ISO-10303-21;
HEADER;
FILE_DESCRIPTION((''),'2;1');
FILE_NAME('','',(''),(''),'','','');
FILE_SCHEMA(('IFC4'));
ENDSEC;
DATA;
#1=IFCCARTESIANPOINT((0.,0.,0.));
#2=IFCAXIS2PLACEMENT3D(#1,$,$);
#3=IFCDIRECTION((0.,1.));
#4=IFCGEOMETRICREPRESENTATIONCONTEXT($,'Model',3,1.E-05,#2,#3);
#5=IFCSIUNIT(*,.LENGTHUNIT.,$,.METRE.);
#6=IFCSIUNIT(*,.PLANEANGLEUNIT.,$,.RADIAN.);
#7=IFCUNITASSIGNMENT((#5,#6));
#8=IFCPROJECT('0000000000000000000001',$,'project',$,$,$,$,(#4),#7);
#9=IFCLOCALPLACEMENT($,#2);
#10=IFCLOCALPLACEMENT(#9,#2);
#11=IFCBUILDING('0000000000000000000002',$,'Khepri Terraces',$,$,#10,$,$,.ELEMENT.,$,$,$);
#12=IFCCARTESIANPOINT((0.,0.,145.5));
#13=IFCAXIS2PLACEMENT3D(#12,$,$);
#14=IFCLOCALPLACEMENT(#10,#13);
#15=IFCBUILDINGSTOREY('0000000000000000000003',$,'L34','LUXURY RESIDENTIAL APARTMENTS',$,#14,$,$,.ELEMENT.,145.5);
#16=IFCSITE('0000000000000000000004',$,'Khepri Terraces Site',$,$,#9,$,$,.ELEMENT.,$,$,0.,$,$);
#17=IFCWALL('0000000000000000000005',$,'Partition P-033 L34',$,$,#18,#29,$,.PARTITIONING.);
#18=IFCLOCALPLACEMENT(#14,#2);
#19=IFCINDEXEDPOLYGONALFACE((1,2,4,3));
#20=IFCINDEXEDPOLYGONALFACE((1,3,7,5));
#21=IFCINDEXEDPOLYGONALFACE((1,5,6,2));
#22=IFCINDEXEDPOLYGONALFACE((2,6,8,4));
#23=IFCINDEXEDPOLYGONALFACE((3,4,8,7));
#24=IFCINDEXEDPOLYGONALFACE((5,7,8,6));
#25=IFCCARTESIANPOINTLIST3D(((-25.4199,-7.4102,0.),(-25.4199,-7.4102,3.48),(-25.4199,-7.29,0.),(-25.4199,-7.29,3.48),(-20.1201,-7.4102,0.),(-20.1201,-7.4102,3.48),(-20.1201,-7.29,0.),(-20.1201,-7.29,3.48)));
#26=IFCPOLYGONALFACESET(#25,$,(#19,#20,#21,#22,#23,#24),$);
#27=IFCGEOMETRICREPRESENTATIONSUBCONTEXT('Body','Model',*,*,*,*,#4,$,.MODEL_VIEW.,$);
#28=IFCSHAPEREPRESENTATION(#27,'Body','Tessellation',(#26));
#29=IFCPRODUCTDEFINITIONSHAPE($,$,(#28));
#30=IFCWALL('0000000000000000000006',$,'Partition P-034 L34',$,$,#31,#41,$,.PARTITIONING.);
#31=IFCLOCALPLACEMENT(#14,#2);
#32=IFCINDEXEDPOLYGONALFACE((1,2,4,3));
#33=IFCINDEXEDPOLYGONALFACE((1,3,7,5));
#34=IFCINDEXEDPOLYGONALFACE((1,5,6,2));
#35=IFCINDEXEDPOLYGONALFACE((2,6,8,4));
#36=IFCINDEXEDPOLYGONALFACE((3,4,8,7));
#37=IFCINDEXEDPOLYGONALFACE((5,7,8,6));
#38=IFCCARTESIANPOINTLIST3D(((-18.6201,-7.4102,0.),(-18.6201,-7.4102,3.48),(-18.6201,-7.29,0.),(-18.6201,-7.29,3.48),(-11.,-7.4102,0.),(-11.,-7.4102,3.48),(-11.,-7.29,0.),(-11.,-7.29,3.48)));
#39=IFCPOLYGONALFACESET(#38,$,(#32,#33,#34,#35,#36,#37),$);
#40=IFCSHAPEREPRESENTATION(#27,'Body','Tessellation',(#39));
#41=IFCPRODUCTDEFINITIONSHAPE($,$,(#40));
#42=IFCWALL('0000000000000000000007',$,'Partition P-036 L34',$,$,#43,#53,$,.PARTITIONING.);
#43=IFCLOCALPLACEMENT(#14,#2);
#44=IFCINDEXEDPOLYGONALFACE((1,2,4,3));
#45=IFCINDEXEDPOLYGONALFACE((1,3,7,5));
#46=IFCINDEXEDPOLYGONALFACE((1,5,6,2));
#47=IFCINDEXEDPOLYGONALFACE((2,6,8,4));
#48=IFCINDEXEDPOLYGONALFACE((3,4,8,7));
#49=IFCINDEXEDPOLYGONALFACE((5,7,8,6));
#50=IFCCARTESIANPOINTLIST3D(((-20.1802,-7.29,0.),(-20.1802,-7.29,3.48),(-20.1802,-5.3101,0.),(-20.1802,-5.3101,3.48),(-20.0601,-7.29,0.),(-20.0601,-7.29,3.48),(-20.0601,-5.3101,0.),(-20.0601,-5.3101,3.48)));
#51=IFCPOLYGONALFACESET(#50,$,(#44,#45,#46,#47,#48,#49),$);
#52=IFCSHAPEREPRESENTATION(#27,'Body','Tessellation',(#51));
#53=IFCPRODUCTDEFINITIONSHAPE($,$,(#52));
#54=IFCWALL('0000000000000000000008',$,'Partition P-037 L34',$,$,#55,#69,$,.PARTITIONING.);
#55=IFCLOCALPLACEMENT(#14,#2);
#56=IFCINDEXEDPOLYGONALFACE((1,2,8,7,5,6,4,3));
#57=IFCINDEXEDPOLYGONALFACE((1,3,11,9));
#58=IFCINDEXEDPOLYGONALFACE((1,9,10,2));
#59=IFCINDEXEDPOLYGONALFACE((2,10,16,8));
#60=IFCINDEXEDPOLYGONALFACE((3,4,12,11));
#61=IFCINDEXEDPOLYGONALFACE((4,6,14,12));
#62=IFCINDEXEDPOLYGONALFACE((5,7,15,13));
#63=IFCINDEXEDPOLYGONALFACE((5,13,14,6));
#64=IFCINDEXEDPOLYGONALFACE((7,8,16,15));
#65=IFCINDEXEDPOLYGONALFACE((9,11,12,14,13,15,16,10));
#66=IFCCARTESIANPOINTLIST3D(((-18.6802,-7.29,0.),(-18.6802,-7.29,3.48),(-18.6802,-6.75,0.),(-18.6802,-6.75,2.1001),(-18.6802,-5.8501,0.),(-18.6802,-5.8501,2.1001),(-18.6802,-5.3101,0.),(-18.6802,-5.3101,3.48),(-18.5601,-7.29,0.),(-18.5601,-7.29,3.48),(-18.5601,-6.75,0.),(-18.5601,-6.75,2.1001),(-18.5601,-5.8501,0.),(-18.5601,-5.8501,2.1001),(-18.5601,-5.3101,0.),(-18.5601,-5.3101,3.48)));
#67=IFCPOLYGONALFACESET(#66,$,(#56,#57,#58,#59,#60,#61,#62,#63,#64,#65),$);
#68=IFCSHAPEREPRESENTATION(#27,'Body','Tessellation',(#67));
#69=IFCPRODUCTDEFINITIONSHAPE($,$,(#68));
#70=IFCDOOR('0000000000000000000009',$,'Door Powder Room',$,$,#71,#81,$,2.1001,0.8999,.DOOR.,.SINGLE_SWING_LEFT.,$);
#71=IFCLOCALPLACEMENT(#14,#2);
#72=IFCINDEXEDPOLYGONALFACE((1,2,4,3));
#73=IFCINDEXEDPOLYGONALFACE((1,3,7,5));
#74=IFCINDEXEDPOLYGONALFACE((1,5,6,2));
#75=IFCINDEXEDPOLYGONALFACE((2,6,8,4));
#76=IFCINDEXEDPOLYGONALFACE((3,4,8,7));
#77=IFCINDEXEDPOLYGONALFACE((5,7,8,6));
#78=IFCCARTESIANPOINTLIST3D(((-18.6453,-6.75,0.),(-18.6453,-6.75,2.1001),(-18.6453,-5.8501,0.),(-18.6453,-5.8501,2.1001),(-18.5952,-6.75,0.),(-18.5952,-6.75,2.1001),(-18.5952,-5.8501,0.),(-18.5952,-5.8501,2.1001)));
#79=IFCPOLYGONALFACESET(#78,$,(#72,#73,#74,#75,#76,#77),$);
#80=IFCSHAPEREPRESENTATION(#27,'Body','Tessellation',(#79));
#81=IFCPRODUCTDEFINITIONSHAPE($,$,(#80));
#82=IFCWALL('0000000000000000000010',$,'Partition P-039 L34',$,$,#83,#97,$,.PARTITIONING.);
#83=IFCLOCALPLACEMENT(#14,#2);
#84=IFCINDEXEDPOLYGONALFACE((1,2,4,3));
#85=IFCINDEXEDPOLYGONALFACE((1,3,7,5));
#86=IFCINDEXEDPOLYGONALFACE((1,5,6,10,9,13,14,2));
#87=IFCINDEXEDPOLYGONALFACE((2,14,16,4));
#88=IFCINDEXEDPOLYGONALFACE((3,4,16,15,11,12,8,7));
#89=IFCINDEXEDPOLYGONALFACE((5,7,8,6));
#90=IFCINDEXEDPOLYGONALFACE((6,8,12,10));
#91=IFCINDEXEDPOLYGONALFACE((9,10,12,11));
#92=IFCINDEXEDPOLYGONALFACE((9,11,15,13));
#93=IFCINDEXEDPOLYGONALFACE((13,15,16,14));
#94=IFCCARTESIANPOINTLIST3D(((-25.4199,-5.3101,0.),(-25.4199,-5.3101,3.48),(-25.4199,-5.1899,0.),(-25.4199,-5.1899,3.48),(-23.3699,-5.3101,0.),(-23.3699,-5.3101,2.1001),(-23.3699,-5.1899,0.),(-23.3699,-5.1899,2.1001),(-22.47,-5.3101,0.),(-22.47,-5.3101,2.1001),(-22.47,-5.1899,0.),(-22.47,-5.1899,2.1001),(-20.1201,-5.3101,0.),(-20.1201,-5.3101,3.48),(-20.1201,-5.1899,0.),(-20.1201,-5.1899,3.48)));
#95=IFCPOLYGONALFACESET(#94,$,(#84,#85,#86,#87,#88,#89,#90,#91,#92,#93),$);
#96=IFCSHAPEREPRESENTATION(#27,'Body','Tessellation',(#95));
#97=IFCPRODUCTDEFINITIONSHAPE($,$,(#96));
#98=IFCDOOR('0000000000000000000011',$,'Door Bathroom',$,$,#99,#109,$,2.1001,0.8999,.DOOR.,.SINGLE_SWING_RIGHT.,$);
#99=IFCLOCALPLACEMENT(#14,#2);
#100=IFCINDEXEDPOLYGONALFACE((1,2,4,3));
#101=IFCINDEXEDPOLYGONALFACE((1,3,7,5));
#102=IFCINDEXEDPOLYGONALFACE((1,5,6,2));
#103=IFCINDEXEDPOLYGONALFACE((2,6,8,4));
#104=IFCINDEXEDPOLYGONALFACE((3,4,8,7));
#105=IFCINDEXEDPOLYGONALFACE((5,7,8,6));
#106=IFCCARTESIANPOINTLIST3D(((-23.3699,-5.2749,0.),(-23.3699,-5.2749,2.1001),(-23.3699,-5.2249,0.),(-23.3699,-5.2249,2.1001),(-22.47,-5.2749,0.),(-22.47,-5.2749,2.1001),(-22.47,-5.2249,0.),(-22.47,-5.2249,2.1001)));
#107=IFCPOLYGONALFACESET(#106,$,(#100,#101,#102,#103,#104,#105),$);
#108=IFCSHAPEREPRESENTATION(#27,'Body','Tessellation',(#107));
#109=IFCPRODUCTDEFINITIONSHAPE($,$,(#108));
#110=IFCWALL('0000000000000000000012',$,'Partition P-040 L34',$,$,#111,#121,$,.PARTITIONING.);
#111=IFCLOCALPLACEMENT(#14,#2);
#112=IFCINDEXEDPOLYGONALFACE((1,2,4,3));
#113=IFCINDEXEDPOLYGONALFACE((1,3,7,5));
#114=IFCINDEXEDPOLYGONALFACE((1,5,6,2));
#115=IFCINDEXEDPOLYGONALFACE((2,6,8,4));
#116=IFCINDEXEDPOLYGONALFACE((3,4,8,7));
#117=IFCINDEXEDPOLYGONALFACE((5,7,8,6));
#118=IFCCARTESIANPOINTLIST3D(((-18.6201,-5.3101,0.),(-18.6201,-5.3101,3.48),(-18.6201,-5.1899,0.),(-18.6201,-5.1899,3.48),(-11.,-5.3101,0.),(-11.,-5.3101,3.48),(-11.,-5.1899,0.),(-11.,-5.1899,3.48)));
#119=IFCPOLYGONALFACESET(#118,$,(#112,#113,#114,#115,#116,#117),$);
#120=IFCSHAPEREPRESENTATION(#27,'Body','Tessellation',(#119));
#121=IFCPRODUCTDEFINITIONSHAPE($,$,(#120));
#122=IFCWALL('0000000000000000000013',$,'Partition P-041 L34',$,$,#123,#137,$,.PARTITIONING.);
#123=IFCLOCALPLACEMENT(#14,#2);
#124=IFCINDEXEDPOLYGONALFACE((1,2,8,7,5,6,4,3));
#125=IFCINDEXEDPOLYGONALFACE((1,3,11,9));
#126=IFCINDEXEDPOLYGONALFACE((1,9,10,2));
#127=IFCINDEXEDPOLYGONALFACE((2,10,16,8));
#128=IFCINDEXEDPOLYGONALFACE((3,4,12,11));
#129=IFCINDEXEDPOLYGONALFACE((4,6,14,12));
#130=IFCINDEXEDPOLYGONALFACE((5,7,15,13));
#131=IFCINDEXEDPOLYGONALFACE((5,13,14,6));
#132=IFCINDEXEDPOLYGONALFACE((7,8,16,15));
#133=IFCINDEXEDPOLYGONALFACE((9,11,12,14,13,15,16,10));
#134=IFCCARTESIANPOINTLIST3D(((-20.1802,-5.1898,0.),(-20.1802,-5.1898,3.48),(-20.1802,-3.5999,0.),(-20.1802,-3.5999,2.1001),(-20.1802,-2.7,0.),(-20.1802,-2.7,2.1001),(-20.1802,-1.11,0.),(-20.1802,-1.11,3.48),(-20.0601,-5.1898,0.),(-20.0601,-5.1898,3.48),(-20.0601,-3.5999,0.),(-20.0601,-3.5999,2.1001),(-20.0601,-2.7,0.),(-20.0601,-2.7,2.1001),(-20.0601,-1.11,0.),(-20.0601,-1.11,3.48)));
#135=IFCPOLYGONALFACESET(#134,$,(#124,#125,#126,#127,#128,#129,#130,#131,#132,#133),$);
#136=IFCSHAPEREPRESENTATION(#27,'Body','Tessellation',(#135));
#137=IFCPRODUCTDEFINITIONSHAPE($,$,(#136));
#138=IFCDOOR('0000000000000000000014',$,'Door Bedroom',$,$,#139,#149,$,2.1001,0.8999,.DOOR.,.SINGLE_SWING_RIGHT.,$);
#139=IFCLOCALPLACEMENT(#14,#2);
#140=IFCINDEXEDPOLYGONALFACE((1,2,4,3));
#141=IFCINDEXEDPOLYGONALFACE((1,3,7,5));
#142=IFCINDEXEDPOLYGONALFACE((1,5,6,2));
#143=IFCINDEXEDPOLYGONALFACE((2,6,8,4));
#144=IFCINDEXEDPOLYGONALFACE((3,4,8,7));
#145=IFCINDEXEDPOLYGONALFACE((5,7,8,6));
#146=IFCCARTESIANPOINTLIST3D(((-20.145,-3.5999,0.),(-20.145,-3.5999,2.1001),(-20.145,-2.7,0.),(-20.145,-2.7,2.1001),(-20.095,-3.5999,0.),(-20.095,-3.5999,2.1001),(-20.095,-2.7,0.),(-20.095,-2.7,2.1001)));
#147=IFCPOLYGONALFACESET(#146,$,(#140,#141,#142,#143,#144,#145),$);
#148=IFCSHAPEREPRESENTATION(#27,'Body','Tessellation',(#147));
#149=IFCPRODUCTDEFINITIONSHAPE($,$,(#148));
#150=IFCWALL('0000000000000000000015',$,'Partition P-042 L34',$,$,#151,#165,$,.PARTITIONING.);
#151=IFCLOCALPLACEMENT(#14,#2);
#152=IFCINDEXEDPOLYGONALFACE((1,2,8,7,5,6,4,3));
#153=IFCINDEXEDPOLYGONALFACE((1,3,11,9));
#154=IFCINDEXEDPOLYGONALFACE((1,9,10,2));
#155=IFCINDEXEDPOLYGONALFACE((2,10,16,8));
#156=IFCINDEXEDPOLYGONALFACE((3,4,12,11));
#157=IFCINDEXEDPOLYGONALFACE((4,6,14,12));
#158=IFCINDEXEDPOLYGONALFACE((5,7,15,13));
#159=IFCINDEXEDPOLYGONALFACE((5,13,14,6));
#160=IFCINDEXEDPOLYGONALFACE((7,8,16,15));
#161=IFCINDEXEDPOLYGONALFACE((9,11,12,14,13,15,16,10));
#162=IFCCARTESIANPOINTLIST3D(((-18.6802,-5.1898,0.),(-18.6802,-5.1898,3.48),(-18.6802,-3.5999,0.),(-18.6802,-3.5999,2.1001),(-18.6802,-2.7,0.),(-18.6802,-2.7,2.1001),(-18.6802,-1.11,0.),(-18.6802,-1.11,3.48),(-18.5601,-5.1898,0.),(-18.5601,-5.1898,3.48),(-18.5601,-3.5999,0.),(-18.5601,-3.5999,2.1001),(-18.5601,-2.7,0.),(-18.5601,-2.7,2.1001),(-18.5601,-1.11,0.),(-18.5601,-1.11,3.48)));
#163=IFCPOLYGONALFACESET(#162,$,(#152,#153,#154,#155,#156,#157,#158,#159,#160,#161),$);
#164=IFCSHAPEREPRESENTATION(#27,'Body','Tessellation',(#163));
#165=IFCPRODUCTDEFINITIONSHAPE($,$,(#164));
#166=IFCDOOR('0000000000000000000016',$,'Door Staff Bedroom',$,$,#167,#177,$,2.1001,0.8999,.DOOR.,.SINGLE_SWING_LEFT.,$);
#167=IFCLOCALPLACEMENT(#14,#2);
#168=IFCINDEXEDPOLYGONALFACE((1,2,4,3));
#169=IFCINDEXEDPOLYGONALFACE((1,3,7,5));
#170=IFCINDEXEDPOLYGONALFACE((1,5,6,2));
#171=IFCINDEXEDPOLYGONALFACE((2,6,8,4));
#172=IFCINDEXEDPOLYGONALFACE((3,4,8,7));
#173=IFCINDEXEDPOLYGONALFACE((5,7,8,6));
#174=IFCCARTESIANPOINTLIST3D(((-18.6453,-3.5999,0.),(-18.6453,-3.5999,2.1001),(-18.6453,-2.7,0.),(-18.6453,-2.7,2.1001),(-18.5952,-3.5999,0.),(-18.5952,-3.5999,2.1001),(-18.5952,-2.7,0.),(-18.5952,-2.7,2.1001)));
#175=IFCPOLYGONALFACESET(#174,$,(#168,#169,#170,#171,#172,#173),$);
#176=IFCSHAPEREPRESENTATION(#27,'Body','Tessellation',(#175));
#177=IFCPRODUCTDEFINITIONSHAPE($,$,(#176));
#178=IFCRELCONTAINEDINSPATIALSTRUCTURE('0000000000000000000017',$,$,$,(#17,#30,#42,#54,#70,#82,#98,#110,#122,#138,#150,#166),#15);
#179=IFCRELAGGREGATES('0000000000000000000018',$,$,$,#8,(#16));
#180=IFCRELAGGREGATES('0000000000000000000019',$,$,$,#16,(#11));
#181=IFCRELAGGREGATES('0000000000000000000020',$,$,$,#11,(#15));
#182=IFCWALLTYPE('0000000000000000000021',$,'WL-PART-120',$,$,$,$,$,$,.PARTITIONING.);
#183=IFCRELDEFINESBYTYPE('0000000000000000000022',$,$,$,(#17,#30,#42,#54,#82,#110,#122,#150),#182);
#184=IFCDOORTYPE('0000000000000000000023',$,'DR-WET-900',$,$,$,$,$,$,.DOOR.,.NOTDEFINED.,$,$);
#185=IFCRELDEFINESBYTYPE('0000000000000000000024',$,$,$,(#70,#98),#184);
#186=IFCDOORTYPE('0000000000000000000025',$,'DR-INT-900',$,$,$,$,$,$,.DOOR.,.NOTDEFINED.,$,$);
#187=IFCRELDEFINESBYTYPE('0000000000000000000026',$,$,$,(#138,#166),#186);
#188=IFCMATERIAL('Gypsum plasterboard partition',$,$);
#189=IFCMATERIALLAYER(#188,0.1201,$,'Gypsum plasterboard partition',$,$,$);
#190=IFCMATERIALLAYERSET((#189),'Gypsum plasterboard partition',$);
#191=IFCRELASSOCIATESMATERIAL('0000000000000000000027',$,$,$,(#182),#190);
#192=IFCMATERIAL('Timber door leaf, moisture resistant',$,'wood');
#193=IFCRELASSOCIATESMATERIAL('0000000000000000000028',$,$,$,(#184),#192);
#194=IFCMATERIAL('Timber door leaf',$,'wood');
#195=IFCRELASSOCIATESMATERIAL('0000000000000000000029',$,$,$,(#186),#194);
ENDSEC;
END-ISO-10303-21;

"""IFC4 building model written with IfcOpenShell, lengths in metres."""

from ifc_helpers import new_model, si_unit, direction, frame, frame_2d, origin, place, context, subcontext, project, spatial, rectangle, extrude, material, layer, layer_set, type_object, element, fill, save


model = new_model("IFC4")

# Units and contexts
model_context = context("Model", 3, precision=1e-05, world=origin(), true_north=direction((0.0, 1.0)))
body_context = subcontext(model_context, "Body", "Model", "MODEL_VIEW")
ifc_project = project(units=[si_unit("LENGTHUNIT", "METRE"), si_unit("PLANEANGLEUNIT", "RADIAN")], contexts=[model_context])

# Site, building, storey
site_placement = place(None, origin())
site = spatial("IfcSite", under=ifc_project, at=site_placement, Name="Khepri Terraces Site", CompositionType="ELEMENT", RefElevation=0.0)
building_placement = place(site_placement, origin())
building = spatial("IfcBuilding", under=site, at=building_placement, Name="Khepri Terraces", CompositionType="ELEMENT")
storey_placement = place(building_placement, frame((0.0, 0.0, 145.5)))
storey = spatial("IfcBuildingStorey", under=building, at=storey_placement, Name="L34", Description="LUXURY RESIDENTIAL APARTMENTS", CompositionType="ELEMENT", Elevation=145.5)

# Shared definitions
ifc_material_1 = material(Name="Gypsum plasterboard partition")
ifc_layer_1 = layer(ifc_material_1, 0.1201, Name="Gypsum plasterboard partition")
ifc_layer_set_1 = layer_set([ifc_layer_1], Name="Gypsum plasterboard partition")
wall_type_1 = type_object("IfcWallType", Name="WL-PART-120", PredefinedType="PARTITIONING", material=ifc_layer_set_1)
ifc_material_2 = material(Name="Timber door leaf, moisture resistant", Category="wood")
door_type_1 = type_object("IfcDoorType", Name="DR-WET-900", OperationType="NOTDEFINED", PredefinedType="DOOR", material=ifc_material_2)

# Walls
wall_1_placement = place(storey_placement, frame((-25.4199, -7.3501, 0.0), z_axis=(0.0, 0.0, 1.0), x_axis=(1.0, 0.0, 0.0)))
element("IfcWall", 1, at=wall_1_placement, inside=storey, type_object=wall_type_1, Name="Partition P-033 L34", PredefinedType="PARTITIONING", context=body_context, shape_type="SweptSolid", body=[
    extrude(rectangle(XDim=5.2998, YDim=0.1201, at=frame_2d((2.6499, 0.0))), origin(), (0.0, 0.0, 1.0), 3.48),
])
wall_2_placement = place(storey_placement, frame((-18.6201, -7.3501, 0.0), z_axis=(0.0, 0.0, 1.0), x_axis=(1.0, 0.0, 0.0)))
element("IfcWall", 2, at=wall_2_placement, inside=storey, type_object=wall_type_1, Name="Partition P-034 L34", PredefinedType="PARTITIONING", context=body_context, shape_type="SweptSolid", body=[
    extrude(rectangle(XDim=7.6201, YDim=0.1201, at=frame_2d((3.8101, 0.0))), origin(), (0.0, 0.0, 1.0), 3.48),
])
wall_3_placement = place(storey_placement, frame((-20.1201, -7.29, 0.0), z_axis=(0.0, 0.0, 1.0), x_axis=(0.0, 1.0, 0.0)))
element("IfcWall", 3, at=wall_3_placement, inside=storey, type_object=wall_type_1, Name="Partition P-036 L34", PredefinedType="PARTITIONING", context=body_context, shape_type="SweptSolid", body=[
    extrude(rectangle(XDim=1.98, YDim=0.1201, at=frame_2d((0.99, 0.0))), origin(), (0.0, 0.0, 1.0), 3.48),
])

# Walls, openings, doors
wall_4_placement = place(storey_placement, frame((-18.6201, -7.29, 0.0), z_axis=(0.0, 0.0, 1.0), x_axis=(0.0, 1.0, 0.0)))
wall_4 = element("IfcWall", 4, at=wall_4_placement, inside=storey, type_object=wall_type_1, Name="Partition P-037 L34", PredefinedType="PARTITIONING", context=body_context, shape_type="SweptSolid", body=[
    extrude(rectangle(XDim=1.98, YDim=0.1201, at=frame_2d((0.99, 0.0))), origin(), (0.0, 0.0, 1.0), 3.48),
])
opening_1_placement = place(wall_4_placement, frame((0.54, 0.0, 0.0)))
opening_1 = element("IfcOpeningElement", 5, at=opening_1_placement, cuts=wall_4, PredefinedType="OPENING", context=body_context, shape_type="SweptSolid", body=[
    extrude(rectangle(XDim=0.8999, YDim=2.1001, at=frame_2d((0.45, 1.05))), frame((0.0, 0.0701, 0.0), z_axis=(0.0, -1.0, 0.0), x_axis=(1.0, 0.0, 0.0)), (0.0, 0.0, 1.0), 0.1401),
])
door_1_placement = place(opening_1_placement, frame((0.8999, 0.0, 0.0), z_axis=(0.0, 0.0, 1.0), x_axis=(-1.0, 0.0, 0.0)))
door_1 = element("IfcDoor", 6, at=door_1_placement, inside=storey, type_object=door_type_1, Name="Door Powder Room", OperationType="SINGLE_SWING_LEFT", OverallHeight=2.1001, OverallWidth=0.8999, PredefinedType="DOOR", context=body_context, shape_type="SweptSolid", body=[
    extrude(rectangle(XDim=0.8999, YDim=2.1001, at=frame_2d((0.45, 1.05))), frame((0.0, 0.0249, 0.0), z_axis=(0.0, -1.0, 0.0), x_axis=(1.0, 0.0, 0.0)), (0.0, 0.0, 1.0), 0.05),
])
fill(opening_1, door_1)
wall_5_placement = place(storey_placement, frame((-25.4199, -5.25, 0.0), z_axis=(0.0, 0.0, 1.0), x_axis=(1.0, 0.0, 0.0)))
wall_5 = element("IfcWall", 7, at=wall_5_placement, inside=storey, type_object=wall_type_1, Name="Partition P-039 L34", PredefinedType="PARTITIONING", context=body_context, shape_type="SweptSolid", body=[
    extrude(rectangle(XDim=5.2998, YDim=0.1201, at=frame_2d((2.6499, 0.0))), origin(), (0.0, 0.0, 1.0), 3.48),
])
opening_2_placement = place(wall_5_placement, frame((2.05, 0.0, 0.0)))
opening_2 = element("IfcOpeningElement", 8, at=opening_2_placement, cuts=wall_5, PredefinedType="OPENING", context=body_context, shape_type="SweptSolid", body=[
    extrude(rectangle(XDim=0.8999, YDim=2.1001, at=frame_2d((0.45, 1.05))), frame((0.0, 0.0701, 0.0), z_axis=(0.0, -1.0, 0.0), x_axis=(1.0, 0.0, 0.0)), (0.0, 0.0, 1.0), 0.1401),
])
door_2_placement = place(opening_2_placement, frame((0.8999, 0.0, 0.0), z_axis=(0.0, 0.0, 1.0), x_axis=(-1.0, 0.0, 0.0)))
door_2 = element("IfcDoor", 9, at=door_2_placement, inside=storey, type_object=door_type_1, Name="Door Bathroom", OperationType="SINGLE_SWING_RIGHT", OverallHeight=2.1001, OverallWidth=0.8999, PredefinedType="DOOR", context=body_context, shape_type="SweptSolid", body=[
    extrude(rectangle(XDim=0.8999, YDim=2.1001, at=frame_2d((0.45, 1.05))), frame((0.0, 0.0249, 0.0), z_axis=(0.0, -1.0, 0.0), x_axis=(1.0, 0.0, 0.0)), (0.0, 0.0, 1.0), 0.05),
])
fill(opening_2, door_2)

# Wall
wall_6_placement = place(storey_placement, frame((-18.6201, -5.25, 0.0), z_axis=(0.0, 0.0, 1.0), x_axis=(1.0, 0.0, 0.0)))
element("IfcWall", 10, at=wall_6_placement, inside=storey, type_object=wall_type_1, Name="Partition P-040 L34", PredefinedType="PARTITIONING", context=body_context, shape_type="SweptSolid", body=[
    extrude(rectangle(XDim=7.6201, YDim=0.1201, at=frame_2d((3.8101, 0.0))), origin(), (0.0, 0.0, 1.0), 3.48),
])

# Walls, openings, doors
wall_7_placement = place(storey_placement, frame((-20.1201, -5.1899, 0.0), z_axis=(0.0, 0.0, 1.0), x_axis=(0.0, 1.0, 0.0)))
wall_7 = element("IfcWall", 11, at=wall_7_placement, inside=storey, type_object=wall_type_1, Name="Partition P-041 L34", PredefinedType="PARTITIONING", context=body_context, shape_type="SweptSolid", body=[
    extrude(rectangle(XDim=4.0798, YDim=0.1201, at=frame_2d((2.04, 0.0))), origin(), (0.0, 0.0, 1.0), 3.48),
])
opening_3_placement = place(wall_7_placement, frame((1.5901, 0.0, 0.0)))
opening_3 = element("IfcOpeningElement", 12, at=opening_3_placement, cuts=wall_7, PredefinedType="OPENING", context=body_context, shape_type="SweptSolid", body=[
    extrude(rectangle(XDim=0.8999, YDim=2.1001, at=frame_2d((0.45, 1.05))), frame((0.0, 0.0701, 0.0), z_axis=(0.0, -1.0, 0.0), x_axis=(1.0, 0.0, 0.0)), (0.0, 0.0, 1.0), 0.1401),
])
ifc_material_3 = material(Name="Timber door leaf", Category="wood")
door_type_2 = type_object("IfcDoorType", Name="DR-INT-900", OperationType="NOTDEFINED", PredefinedType="DOOR", material=ifc_material_3)
door_3_placement = place(opening_3_placement, origin())
door_3 = element("IfcDoor", 13, at=door_3_placement, inside=storey, type_object=door_type_2, Name="Door Bedroom", OperationType="SINGLE_SWING_RIGHT", OverallHeight=2.1001, OverallWidth=0.8999, PredefinedType="DOOR", context=body_context, shape_type="SweptSolid", body=[
    extrude(rectangle(XDim=0.8999, YDim=2.1001, at=frame_2d((0.45, 1.05))), frame((0.0, 0.0249, 0.0), z_axis=(0.0, -1.0, 0.0), x_axis=(1.0, 0.0, 0.0)), (0.0, 0.0, 1.0), 0.05),
])
fill(opening_3, door_3)
wall_8_placement = place(storey_placement, frame((-18.6201, -5.1899, 0.0), z_axis=(0.0, 0.0, 1.0), x_axis=(0.0, 1.0, 0.0)))
wall_8 = element("IfcWall", 14, at=wall_8_placement, inside=storey, type_object=wall_type_1, Name="Partition P-042 L34", PredefinedType="PARTITIONING", context=body_context, shape_type="SweptSolid", body=[
    extrude(rectangle(XDim=4.0798, YDim=0.1201, at=frame_2d((2.04, 0.0))), origin(), (0.0, 0.0, 1.0), 3.48),
])
opening_4_placement = place(wall_8_placement, frame((1.5901, 0.0, 0.0)))
opening_4 = element("IfcOpeningElement", 15, at=opening_4_placement, cuts=wall_8, PredefinedType="OPENING", context=body_context, shape_type="SweptSolid", body=[
    extrude(rectangle(XDim=0.8999, YDim=2.1001, at=frame_2d((0.45, 1.05))), frame((0.0, 0.0701, 0.0), z_axis=(0.0, -1.0, 0.0), x_axis=(1.0, 0.0, 0.0)), (0.0, 0.0, 1.0), 0.1401),
])
door_4_placement = place(opening_4_placement, frame((0.8999, 0.0, 0.0), z_axis=(0.0, 0.0, 1.0), x_axis=(-1.0, 0.0, 0.0)))
door_4 = element("IfcDoor", 16, at=door_4_placement, inside=storey, type_object=door_type_2, Name="Door Staff Bedroom", OperationType="SINGLE_SWING_LEFT", OverallHeight=2.1001, OverallWidth=0.8999, PredefinedType="DOOR", context=body_context, shape_type="SweptSolid", body=[
    extrude(rectangle(XDim=0.8999, YDim=2.1001, at=frame_2d((0.45, 1.05))), frame((0.0, 0.0249, 0.0), z_axis=(0.0, -1.0, 0.0), x_axis=(1.0, 0.0, 0.0)), (0.0, 0.0, 1.0), 0.05),
])
fill(opening_4, door_4)

save(model, "model.ifc")
